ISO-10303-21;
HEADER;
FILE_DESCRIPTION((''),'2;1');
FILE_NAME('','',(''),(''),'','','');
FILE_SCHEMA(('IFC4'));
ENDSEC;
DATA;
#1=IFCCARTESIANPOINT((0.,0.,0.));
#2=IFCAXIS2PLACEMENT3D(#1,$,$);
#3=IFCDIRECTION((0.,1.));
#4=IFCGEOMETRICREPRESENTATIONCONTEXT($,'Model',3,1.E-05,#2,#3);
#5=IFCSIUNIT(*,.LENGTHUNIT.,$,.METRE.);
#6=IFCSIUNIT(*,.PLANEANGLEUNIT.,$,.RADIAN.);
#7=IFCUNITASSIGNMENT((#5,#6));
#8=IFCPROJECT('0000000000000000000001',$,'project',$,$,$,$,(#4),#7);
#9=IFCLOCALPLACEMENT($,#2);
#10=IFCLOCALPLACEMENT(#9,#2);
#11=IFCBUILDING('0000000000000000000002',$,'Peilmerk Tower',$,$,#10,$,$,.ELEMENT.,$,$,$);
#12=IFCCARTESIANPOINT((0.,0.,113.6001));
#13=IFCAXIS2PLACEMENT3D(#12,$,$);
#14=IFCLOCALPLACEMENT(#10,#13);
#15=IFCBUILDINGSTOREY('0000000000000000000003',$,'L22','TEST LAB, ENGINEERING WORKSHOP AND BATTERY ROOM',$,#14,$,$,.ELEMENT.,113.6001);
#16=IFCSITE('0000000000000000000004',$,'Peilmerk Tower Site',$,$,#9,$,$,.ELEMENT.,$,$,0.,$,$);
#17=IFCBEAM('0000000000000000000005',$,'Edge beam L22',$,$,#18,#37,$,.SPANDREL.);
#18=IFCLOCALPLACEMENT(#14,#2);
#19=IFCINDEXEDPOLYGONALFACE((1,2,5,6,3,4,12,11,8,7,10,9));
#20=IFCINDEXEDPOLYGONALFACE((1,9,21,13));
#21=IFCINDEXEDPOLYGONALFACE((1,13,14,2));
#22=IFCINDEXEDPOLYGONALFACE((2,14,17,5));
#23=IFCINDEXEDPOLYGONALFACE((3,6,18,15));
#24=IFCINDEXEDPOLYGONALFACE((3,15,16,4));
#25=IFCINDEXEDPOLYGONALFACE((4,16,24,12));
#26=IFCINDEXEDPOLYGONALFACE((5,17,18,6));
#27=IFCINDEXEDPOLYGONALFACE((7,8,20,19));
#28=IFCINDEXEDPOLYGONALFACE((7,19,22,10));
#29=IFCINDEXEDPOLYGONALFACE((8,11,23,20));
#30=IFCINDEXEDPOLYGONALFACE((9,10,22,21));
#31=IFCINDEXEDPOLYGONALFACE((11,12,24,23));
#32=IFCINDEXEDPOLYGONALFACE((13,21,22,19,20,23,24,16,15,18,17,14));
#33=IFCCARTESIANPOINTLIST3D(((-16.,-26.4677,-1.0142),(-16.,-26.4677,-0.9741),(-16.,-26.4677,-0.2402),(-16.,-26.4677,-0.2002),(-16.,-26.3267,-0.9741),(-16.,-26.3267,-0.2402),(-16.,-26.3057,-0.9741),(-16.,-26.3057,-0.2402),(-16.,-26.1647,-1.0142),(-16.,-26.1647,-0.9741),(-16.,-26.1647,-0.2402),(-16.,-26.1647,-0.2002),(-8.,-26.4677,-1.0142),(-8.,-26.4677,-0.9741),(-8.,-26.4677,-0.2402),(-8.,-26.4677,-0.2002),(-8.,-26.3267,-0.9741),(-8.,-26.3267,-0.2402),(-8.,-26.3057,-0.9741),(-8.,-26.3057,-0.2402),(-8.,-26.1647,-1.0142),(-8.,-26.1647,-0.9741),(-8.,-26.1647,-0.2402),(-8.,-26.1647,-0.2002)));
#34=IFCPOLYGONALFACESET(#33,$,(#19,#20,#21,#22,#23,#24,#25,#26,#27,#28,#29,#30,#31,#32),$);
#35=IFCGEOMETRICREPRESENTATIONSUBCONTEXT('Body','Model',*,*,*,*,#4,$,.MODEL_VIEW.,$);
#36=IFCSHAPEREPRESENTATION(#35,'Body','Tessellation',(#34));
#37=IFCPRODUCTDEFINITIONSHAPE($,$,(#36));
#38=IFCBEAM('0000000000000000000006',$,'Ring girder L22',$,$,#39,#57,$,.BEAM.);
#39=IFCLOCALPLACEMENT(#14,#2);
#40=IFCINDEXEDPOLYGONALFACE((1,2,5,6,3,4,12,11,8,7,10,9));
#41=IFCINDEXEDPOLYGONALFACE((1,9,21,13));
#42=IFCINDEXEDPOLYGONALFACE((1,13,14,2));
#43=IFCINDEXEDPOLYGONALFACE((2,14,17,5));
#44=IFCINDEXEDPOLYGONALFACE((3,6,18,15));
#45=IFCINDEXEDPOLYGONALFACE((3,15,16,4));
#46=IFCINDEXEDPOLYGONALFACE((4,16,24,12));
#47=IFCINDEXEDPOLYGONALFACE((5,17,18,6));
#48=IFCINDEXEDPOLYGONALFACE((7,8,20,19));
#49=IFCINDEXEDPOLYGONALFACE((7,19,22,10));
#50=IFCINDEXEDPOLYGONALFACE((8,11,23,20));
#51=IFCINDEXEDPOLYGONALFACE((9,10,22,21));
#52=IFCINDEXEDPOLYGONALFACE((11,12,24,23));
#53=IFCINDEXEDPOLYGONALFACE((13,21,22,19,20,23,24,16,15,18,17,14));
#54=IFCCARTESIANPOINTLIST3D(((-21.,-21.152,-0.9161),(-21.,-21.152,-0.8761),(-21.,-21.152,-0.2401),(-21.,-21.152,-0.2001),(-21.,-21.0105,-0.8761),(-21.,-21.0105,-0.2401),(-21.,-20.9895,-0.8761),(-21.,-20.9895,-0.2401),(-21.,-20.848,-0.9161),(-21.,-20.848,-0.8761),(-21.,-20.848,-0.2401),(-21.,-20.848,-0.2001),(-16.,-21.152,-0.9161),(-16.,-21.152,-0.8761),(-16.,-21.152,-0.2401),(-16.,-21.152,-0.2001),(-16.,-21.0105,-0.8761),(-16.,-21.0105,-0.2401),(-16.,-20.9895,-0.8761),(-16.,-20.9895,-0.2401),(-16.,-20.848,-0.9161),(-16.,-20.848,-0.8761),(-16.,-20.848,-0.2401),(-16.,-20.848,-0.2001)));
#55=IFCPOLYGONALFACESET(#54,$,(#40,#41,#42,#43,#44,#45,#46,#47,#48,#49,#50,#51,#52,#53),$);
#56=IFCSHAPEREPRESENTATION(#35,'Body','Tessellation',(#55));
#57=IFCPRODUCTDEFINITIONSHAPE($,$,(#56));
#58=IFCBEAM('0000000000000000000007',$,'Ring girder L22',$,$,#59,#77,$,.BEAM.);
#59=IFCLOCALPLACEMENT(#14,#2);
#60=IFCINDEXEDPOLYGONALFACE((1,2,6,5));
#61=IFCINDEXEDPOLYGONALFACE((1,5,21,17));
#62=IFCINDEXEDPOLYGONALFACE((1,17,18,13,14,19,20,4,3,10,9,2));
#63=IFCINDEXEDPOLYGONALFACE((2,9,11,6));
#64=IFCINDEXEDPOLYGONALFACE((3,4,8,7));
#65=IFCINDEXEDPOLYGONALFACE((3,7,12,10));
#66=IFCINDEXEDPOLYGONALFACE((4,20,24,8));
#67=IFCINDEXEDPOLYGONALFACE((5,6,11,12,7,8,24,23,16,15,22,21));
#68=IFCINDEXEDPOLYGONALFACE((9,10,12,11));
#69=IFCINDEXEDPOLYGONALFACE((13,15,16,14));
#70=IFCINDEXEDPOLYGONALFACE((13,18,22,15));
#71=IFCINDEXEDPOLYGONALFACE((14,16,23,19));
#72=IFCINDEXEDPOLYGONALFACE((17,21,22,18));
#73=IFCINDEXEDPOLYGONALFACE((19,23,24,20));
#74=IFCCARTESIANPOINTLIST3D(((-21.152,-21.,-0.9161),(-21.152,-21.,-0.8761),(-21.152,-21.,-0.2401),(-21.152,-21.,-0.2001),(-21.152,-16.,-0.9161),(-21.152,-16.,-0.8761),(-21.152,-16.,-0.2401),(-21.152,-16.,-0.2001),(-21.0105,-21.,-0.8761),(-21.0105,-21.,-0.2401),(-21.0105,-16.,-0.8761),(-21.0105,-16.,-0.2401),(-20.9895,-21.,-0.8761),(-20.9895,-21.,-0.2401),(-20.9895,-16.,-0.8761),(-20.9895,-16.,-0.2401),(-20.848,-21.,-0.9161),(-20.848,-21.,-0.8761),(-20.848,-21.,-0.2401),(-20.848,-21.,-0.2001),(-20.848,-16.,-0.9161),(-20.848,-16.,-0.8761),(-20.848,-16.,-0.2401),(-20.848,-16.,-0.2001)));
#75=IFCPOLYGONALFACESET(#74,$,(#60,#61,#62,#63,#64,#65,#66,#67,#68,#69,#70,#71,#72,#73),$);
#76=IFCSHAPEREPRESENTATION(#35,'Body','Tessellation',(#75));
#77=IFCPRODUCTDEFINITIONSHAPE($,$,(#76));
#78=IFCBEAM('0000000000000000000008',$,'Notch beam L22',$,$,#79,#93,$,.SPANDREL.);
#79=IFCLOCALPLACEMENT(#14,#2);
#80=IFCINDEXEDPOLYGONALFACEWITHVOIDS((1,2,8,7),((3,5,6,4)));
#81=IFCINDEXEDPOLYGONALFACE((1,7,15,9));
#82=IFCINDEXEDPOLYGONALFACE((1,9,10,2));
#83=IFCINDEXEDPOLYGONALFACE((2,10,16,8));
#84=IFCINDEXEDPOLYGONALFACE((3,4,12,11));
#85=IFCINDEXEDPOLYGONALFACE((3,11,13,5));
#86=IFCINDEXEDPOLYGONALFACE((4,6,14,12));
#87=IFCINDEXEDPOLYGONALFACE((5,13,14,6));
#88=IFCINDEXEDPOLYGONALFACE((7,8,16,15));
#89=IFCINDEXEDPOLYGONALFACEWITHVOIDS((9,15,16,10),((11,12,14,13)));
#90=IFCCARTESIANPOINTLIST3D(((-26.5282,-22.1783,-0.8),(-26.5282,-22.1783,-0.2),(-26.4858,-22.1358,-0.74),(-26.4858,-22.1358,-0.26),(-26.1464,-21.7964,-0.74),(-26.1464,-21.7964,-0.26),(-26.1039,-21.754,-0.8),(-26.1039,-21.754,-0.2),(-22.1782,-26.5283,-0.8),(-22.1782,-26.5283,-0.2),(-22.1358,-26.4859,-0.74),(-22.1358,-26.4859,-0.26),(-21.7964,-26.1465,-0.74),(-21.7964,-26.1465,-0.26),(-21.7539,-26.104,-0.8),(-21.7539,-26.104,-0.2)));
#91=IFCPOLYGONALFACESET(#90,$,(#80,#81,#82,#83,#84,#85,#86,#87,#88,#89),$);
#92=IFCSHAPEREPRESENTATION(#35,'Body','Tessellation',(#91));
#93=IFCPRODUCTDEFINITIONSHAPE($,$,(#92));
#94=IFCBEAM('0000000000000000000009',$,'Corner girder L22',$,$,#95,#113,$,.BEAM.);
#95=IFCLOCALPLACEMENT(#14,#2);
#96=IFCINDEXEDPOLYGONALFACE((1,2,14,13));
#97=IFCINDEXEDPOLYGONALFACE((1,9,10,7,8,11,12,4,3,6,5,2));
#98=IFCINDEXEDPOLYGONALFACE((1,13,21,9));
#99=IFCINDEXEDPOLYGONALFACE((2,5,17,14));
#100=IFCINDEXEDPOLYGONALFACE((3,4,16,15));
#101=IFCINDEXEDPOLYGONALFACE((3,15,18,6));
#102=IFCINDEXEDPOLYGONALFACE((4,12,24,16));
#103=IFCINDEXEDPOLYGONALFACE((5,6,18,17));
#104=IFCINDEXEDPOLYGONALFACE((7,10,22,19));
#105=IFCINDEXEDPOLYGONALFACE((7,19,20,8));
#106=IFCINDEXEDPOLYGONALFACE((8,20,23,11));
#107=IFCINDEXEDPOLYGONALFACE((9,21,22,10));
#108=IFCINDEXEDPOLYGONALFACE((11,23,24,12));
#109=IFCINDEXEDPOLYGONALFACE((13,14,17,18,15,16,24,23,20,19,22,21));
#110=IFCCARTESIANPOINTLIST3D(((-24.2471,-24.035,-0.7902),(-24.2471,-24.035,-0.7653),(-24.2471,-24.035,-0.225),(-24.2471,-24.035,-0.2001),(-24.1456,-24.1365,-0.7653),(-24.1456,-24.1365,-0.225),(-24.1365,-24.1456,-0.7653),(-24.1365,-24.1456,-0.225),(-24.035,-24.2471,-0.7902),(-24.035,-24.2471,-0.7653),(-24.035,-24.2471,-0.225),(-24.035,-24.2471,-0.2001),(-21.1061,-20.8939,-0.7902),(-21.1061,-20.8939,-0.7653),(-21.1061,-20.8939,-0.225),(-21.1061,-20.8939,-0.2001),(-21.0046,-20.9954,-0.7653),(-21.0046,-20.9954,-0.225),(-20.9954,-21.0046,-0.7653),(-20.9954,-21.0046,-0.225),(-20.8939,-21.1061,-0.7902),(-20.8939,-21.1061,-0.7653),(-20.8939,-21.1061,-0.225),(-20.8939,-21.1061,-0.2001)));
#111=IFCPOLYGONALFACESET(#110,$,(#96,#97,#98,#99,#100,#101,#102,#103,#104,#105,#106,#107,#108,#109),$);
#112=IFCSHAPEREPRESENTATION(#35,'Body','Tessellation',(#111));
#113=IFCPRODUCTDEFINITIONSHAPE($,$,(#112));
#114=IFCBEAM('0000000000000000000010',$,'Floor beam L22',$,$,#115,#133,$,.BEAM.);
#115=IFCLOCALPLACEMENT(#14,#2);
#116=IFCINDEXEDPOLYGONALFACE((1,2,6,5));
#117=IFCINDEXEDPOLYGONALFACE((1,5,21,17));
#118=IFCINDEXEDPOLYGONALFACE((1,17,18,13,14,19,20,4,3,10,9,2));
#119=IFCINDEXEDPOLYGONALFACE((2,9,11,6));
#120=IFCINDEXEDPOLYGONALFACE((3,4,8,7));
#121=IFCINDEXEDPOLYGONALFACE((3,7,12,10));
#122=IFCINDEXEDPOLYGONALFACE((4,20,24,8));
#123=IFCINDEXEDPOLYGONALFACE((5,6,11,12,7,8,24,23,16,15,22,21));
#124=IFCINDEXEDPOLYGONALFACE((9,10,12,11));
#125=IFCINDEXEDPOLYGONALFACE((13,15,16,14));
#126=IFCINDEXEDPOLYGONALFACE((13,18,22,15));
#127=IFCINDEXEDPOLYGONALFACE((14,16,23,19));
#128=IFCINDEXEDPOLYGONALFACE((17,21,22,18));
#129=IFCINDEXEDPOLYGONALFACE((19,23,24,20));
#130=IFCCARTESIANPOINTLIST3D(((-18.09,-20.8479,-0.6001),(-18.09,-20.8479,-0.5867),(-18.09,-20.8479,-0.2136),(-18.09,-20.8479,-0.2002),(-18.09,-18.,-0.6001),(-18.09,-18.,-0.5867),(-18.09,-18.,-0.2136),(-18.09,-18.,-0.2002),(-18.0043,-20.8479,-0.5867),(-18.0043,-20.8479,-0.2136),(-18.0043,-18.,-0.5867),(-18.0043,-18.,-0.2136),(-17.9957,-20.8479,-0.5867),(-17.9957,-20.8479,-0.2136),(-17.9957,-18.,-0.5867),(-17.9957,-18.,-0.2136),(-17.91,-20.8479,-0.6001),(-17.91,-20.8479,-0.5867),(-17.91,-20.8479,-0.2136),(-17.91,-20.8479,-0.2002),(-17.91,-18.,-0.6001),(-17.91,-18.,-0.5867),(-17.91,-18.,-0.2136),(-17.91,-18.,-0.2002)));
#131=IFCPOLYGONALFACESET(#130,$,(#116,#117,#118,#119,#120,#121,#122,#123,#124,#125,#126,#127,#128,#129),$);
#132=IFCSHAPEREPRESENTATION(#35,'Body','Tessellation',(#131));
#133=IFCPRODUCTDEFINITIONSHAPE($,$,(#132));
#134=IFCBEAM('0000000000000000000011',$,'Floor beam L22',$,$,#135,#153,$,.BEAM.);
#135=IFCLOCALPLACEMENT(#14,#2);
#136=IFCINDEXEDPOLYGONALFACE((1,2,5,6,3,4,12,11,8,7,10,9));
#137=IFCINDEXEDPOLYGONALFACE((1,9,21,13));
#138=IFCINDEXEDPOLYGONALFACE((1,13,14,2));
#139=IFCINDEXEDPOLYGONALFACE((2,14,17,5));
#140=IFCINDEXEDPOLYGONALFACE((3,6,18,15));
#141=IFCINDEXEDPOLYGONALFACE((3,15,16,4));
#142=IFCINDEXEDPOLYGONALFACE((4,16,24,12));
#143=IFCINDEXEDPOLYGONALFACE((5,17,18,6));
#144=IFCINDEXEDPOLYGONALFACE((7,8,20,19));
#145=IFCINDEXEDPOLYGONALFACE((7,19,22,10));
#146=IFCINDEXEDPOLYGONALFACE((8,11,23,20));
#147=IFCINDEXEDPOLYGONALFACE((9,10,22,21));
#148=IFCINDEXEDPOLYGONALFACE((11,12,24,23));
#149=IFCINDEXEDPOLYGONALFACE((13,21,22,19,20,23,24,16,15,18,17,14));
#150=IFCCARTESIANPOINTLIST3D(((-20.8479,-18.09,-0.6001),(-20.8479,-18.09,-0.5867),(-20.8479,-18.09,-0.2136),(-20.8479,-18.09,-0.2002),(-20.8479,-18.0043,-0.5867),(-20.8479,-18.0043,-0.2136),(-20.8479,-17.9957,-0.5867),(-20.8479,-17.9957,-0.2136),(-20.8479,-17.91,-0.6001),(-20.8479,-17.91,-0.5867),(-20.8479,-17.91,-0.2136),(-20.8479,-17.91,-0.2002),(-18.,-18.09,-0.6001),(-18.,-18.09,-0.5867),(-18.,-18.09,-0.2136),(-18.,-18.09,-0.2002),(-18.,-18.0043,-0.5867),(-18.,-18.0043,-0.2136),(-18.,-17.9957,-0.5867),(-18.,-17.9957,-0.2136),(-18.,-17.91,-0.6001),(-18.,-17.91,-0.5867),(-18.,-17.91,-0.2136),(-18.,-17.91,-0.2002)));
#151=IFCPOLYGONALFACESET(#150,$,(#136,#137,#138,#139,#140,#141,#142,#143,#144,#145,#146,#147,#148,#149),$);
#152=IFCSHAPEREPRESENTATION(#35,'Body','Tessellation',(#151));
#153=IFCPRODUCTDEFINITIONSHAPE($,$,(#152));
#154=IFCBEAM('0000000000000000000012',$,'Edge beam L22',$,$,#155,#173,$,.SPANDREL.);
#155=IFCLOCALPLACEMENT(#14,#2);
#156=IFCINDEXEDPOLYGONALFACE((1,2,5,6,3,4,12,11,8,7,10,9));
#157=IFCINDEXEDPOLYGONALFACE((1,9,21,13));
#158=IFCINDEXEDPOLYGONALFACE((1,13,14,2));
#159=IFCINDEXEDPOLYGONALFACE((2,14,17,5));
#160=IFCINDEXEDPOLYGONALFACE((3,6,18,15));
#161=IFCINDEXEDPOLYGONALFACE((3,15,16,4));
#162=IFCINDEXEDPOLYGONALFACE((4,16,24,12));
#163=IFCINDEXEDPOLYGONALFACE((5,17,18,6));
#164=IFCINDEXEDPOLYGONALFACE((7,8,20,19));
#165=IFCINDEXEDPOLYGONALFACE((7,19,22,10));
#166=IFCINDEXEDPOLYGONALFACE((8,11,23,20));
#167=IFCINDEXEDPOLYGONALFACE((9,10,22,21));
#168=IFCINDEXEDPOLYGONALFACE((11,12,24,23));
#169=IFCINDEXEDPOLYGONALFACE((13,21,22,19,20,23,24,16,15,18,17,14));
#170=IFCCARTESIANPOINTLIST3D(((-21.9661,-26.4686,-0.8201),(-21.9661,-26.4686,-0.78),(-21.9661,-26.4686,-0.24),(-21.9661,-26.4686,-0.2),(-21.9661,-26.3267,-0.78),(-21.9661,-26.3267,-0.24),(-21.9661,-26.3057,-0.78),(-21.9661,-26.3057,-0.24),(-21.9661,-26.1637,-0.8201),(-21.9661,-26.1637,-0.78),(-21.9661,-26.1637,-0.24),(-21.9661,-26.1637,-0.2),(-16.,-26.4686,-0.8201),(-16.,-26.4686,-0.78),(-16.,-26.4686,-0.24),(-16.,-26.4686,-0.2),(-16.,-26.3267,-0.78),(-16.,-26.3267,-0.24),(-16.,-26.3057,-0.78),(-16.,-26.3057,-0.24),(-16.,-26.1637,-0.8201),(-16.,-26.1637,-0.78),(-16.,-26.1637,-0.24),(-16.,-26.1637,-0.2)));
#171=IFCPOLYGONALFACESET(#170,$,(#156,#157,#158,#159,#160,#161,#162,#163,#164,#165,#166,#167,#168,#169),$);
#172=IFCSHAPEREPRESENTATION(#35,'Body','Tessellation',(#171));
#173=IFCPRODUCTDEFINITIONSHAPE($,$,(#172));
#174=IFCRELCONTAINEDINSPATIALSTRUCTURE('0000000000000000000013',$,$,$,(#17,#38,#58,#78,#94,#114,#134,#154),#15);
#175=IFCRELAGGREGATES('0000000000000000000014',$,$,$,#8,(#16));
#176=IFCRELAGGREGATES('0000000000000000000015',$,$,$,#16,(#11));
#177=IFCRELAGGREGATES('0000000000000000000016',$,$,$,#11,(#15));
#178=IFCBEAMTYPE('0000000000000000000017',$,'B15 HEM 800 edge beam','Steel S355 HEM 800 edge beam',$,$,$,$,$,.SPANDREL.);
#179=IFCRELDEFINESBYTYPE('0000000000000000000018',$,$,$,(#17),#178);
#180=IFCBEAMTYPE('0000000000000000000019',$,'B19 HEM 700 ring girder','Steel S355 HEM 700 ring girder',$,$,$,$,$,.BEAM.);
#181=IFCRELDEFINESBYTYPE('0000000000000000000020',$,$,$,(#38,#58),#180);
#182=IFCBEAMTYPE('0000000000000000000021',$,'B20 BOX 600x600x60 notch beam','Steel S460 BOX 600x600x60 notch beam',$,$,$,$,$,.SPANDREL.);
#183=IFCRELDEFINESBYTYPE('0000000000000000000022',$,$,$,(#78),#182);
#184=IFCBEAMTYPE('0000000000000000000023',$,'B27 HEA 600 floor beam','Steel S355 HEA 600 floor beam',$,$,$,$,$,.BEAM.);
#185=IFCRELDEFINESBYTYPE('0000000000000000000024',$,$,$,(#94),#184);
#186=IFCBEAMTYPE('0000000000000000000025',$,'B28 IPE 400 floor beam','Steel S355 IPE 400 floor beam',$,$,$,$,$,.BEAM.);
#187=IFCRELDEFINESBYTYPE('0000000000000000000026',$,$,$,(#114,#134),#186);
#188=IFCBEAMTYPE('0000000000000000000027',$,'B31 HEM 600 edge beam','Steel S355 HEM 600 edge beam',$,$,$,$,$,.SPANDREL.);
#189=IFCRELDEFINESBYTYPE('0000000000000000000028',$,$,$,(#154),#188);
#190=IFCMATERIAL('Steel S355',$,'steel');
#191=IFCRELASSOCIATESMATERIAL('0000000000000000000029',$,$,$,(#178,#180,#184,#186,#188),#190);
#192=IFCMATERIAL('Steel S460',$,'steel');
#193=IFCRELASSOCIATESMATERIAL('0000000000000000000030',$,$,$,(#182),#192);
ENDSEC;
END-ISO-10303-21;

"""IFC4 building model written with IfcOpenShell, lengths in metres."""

from ifc_helpers import new_model, si_unit, direction, frame, origin, origin_2d, place, context, subcontext, project, spatial, hollow_rectangle, i_section, extrude, material, material_profile, profile_set, type_object, element, save


model = new_model("IFC4")

# Units and contexts
model_context = context("Model", 3, precision=1e-05, world=origin(), true_north=direction((0.0, 1.0)))
body_context = subcontext(model_context, "Body", "Model", "MODEL_VIEW")
ifc_project = project(units=[si_unit("LENGTHUNIT", "METRE"), si_unit("PLANEANGLEUNIT", "RADIAN")], contexts=[model_context])

# Site, building, storey
site_placement = place(None, origin())
site = spatial("IfcSite", under=ifc_project, at=site_placement, Name="Peilmerk Tower Site", CompositionType="ELEMENT", RefElevation=0.0)
building_placement = place(site_placement, origin())
building = spatial("IfcBuilding", under=site, at=building_placement, Name="Peilmerk Tower", CompositionType="ELEMENT")
storey_placement = place(building_placement, frame((0.0, 0.0, 113.6001)))
storey = spatial("IfcBuildingStorey", under=building, at=storey_placement, Name="L22", Description="TEST LAB, ENGINEERING WORKSHOP AND BATTERY ROOM", CompositionType="ELEMENT", Elevation=113.6001)

# Shared definitions
ifc_material_1 = material(Name="Steel S460", Category="steel")

# Beams
ifc_material_2 = material(Name="Steel S355", Category="steel")
ifc_material_profile_1 = material_profile(ifc_material_2, i_section(OverallWidth=0.303, OverallDepth=0.814, WebThickness=0.021, FlangeThickness=0.04, at=origin_2d()), Name="HEM 800")
ifc_profile_set_1 = profile_set([ifc_material_profile_1], Name="Steel S355")
beam_type_1 = type_object("IfcBeamType", Name="B15 HEM 800 edge beam", Description="Steel S355 HEM 800 edge beam", PredefinedType="SPANDREL", material=ifc_profile_set_1)
beam_1_placement = place(storey_placement, frame((-16.0, -26.3162, -0.6072), z_axis=(1.0, 0.0, 0.0), x_axis=(0.0, 1.0, 0.0)))
element("IfcBeam", 1, at=beam_1_placement, inside=storey, type_object=beam_type_1, Name="Edge beam L22", PredefinedType="SPANDREL", context=body_context, shape_type="SweptSolid", body=[
    extrude(i_section(OverallWidth=0.303, OverallDepth=0.814, WebThickness=0.021, FlangeThickness=0.04, at=origin_2d()), origin(), (0.0, 0.0, 1.0), 8.0),
])
ifc_material_profile_2 = material_profile(ifc_material_2, i_section(OverallWidth=0.304, OverallDepth=0.7161, WebThickness=0.021, FlangeThickness=0.04, at=origin_2d()), Name="HEM 700")
ifc_profile_set_2 = profile_set([ifc_material_profile_2], Name="Steel S355")
beam_type_2 = type_object("IfcBeamType", Name="B19 HEM 700 ring girder", Description="Steel S355 HEM 700 ring girder", PredefinedType="BEAM", material=ifc_profile_set_2)
for number, where, z_axis, x_axis, name in (
    (2, (-21.0, -21.0, -0.5581), (1.0, 0.0, 0.0), (0.0, 1.0, 0.0), "Ring girder L22"),
    (3, (-21.0, -16.0, -0.5581), (0.0, -1.0, 0.0), (1.0, 0.0, 0.0), "Ring girder L22"),
):
    element("IfcBeam", number, at=place(storey_placement, frame(where, z_axis=z_axis, x_axis=x_axis)), inside=storey, type_object=beam_type_2, Name=name, PredefinedType="BEAM", context=body_context, shape_type="SweptSolid", body=[
        extrude(i_section(OverallWidth=0.304, OverallDepth=0.7161, WebThickness=0.021, FlangeThickness=0.04, at=origin_2d()), origin(), (0.0, 0.0, 1.0), 5.0),
    ])
ifc_material_profile_3 = material_profile(ifc_material_1, hollow_rectangle(XDim=0.6001, YDim=0.6001, WallThickness=0.0601, at=origin_2d()), Name="BOX 600x600x60")
ifc_profile_set_3 = profile_set([ifc_material_profile_3], Name="Steel S460")
beam_type_3 = type_object("IfcBeamType", Name="B20 BOX 600x600x60 notch beam", Description="Steel S460 BOX 600x600x60 notch beam", PredefinedType="SPANDREL", material=ifc_profile_set_3)
beam_2_placement = place(storey_placement, frame((-21.9661, -26.3162, -0.5), z_axis=(-0.707107, 0.707107, 0.0), x_axis=(-0.707107, -0.707107, 0.0)))
element("IfcBeam", 4, at=beam_2_placement, inside=storey, type_object=beam_type_3, Name="Notch beam L22", PredefinedType="SPANDREL", context=body_context, shape_type="SweptSolid", body=[
    extrude(hollow_rectangle(XDim=0.6001, YDim=0.6001, WallThickness=0.0601, at=origin_2d()), origin(), (0.0, 0.0, 1.0), 6.1519),
])
ifc_material_profile_4 = material_profile(ifc_material_2, i_section(OverallWidth=0.3, OverallDepth=0.5901, WebThickness=0.0129, FlangeThickness=0.0249, at=origin_2d()), Name="HEA 600")
ifc_profile_set_4 = profile_set([ifc_material_profile_4], Name="Steel S355")
beam_type_4 = type_object("IfcBeamType", Name="B27 HEA 600 floor beam", Description="Steel S355 HEA 600 floor beam", PredefinedType="BEAM", material=ifc_profile_set_4)
beam_3_placement = place(storey_placement, frame((-21.0, -21.0, -0.4951), z_axis=(-0.707107, -0.707107, 0.0), x_axis=(0.707107, -0.707107, 0.0)))
element("IfcBeam", 5, at=beam_3_placement, inside=storey, type_object=beam_type_4, Name="Corner girder L22", PredefinedType="BEAM", context=body_context, shape_type="SweptSolid", body=[
    extrude(i_section(OverallWidth=0.3, OverallDepth=0.5901, WebThickness=0.0129, FlangeThickness=0.0249, at=origin_2d()), origin(), (0.0, 0.0, 1.0), 4.4421),
])
ifc_material_profile_5 = material_profile(ifc_material_2, i_section(OverallWidth=0.1799, OverallDepth=0.3999, WebThickness=0.0085, FlangeThickness=0.0134, at=origin_2d()), Name="IPE 400")
ifc_profile_set_5 = profile_set([ifc_material_profile_5], Name="Steel S355")
beam_type_5 = type_object("IfcBeamType", Name="B28 IPE 400 floor beam", Description="Steel S355 IPE 400 floor beam", PredefinedType="BEAM", material=ifc_profile_set_5)
for number, where, z_axis, x_axis, name in (
    (6, (-18.0, -18.0, -0.4001), (0.0, -1.0, 0.0), (1.0, 0.0, 0.0), "Floor beam L22"),
    (7, (-18.0, -18.0, -0.4001), (-1.0, 0.0, 0.0), (0.0, -1.0, 0.0), "Floor beam L22"),
):
    element("IfcBeam", number, at=place(storey_placement, frame(where, z_axis=z_axis, x_axis=x_axis)), inside=storey, type_object=beam_type_5, Name=name, PredefinedType="BEAM", context=body_context, shape_type="SweptSolid", body=[
        extrude(i_section(OverallWidth=0.1799, OverallDepth=0.3999, WebThickness=0.0085, FlangeThickness=0.0134, at=origin_2d()), origin(), (0.0, 0.0, 1.0), 2.8479),
    ])
ifc_material_profile_6 = material_profile(ifc_material_2, i_section(OverallWidth=0.3049, OverallDepth=0.6201, WebThickness=0.021, FlangeThickness=0.04, at=origin_2d()), Name="HEM 600")
ifc_profile_set_6 = profile_set([ifc_material_profile_6], Name="Steel S355")
beam_type_6 = type_object("IfcBeamType", Name="B31 HEM 600 edge beam", Description="Steel S355 HEM 600 edge beam", PredefinedType="SPANDREL", material=ifc_profile_set_6)
for number, where, z_axis, x_axis, name in (
    (8, (-21.9661, -26.3162, -0.51), (1.0, 0.0, 0.0), (0.0, 1.0, 0.0), "Edge beam L22"),
):
    element("IfcBeam", number, at=place(storey_placement, frame(where, z_axis=z_axis, x_axis=x_axis)), inside=storey, type_object=beam_type_6, Name=name, PredefinedType="SPANDREL", context=body_context, shape_type="SweptSolid", body=[
        extrude(i_section(OverallWidth=0.3049, OverallDepth=0.6201, WebThickness=0.021, FlangeThickness=0.04, at=origin_2d()), origin(), (0.0, 0.0, 1.0), 5.9661),
    ])

save(model, "model.ifc")
